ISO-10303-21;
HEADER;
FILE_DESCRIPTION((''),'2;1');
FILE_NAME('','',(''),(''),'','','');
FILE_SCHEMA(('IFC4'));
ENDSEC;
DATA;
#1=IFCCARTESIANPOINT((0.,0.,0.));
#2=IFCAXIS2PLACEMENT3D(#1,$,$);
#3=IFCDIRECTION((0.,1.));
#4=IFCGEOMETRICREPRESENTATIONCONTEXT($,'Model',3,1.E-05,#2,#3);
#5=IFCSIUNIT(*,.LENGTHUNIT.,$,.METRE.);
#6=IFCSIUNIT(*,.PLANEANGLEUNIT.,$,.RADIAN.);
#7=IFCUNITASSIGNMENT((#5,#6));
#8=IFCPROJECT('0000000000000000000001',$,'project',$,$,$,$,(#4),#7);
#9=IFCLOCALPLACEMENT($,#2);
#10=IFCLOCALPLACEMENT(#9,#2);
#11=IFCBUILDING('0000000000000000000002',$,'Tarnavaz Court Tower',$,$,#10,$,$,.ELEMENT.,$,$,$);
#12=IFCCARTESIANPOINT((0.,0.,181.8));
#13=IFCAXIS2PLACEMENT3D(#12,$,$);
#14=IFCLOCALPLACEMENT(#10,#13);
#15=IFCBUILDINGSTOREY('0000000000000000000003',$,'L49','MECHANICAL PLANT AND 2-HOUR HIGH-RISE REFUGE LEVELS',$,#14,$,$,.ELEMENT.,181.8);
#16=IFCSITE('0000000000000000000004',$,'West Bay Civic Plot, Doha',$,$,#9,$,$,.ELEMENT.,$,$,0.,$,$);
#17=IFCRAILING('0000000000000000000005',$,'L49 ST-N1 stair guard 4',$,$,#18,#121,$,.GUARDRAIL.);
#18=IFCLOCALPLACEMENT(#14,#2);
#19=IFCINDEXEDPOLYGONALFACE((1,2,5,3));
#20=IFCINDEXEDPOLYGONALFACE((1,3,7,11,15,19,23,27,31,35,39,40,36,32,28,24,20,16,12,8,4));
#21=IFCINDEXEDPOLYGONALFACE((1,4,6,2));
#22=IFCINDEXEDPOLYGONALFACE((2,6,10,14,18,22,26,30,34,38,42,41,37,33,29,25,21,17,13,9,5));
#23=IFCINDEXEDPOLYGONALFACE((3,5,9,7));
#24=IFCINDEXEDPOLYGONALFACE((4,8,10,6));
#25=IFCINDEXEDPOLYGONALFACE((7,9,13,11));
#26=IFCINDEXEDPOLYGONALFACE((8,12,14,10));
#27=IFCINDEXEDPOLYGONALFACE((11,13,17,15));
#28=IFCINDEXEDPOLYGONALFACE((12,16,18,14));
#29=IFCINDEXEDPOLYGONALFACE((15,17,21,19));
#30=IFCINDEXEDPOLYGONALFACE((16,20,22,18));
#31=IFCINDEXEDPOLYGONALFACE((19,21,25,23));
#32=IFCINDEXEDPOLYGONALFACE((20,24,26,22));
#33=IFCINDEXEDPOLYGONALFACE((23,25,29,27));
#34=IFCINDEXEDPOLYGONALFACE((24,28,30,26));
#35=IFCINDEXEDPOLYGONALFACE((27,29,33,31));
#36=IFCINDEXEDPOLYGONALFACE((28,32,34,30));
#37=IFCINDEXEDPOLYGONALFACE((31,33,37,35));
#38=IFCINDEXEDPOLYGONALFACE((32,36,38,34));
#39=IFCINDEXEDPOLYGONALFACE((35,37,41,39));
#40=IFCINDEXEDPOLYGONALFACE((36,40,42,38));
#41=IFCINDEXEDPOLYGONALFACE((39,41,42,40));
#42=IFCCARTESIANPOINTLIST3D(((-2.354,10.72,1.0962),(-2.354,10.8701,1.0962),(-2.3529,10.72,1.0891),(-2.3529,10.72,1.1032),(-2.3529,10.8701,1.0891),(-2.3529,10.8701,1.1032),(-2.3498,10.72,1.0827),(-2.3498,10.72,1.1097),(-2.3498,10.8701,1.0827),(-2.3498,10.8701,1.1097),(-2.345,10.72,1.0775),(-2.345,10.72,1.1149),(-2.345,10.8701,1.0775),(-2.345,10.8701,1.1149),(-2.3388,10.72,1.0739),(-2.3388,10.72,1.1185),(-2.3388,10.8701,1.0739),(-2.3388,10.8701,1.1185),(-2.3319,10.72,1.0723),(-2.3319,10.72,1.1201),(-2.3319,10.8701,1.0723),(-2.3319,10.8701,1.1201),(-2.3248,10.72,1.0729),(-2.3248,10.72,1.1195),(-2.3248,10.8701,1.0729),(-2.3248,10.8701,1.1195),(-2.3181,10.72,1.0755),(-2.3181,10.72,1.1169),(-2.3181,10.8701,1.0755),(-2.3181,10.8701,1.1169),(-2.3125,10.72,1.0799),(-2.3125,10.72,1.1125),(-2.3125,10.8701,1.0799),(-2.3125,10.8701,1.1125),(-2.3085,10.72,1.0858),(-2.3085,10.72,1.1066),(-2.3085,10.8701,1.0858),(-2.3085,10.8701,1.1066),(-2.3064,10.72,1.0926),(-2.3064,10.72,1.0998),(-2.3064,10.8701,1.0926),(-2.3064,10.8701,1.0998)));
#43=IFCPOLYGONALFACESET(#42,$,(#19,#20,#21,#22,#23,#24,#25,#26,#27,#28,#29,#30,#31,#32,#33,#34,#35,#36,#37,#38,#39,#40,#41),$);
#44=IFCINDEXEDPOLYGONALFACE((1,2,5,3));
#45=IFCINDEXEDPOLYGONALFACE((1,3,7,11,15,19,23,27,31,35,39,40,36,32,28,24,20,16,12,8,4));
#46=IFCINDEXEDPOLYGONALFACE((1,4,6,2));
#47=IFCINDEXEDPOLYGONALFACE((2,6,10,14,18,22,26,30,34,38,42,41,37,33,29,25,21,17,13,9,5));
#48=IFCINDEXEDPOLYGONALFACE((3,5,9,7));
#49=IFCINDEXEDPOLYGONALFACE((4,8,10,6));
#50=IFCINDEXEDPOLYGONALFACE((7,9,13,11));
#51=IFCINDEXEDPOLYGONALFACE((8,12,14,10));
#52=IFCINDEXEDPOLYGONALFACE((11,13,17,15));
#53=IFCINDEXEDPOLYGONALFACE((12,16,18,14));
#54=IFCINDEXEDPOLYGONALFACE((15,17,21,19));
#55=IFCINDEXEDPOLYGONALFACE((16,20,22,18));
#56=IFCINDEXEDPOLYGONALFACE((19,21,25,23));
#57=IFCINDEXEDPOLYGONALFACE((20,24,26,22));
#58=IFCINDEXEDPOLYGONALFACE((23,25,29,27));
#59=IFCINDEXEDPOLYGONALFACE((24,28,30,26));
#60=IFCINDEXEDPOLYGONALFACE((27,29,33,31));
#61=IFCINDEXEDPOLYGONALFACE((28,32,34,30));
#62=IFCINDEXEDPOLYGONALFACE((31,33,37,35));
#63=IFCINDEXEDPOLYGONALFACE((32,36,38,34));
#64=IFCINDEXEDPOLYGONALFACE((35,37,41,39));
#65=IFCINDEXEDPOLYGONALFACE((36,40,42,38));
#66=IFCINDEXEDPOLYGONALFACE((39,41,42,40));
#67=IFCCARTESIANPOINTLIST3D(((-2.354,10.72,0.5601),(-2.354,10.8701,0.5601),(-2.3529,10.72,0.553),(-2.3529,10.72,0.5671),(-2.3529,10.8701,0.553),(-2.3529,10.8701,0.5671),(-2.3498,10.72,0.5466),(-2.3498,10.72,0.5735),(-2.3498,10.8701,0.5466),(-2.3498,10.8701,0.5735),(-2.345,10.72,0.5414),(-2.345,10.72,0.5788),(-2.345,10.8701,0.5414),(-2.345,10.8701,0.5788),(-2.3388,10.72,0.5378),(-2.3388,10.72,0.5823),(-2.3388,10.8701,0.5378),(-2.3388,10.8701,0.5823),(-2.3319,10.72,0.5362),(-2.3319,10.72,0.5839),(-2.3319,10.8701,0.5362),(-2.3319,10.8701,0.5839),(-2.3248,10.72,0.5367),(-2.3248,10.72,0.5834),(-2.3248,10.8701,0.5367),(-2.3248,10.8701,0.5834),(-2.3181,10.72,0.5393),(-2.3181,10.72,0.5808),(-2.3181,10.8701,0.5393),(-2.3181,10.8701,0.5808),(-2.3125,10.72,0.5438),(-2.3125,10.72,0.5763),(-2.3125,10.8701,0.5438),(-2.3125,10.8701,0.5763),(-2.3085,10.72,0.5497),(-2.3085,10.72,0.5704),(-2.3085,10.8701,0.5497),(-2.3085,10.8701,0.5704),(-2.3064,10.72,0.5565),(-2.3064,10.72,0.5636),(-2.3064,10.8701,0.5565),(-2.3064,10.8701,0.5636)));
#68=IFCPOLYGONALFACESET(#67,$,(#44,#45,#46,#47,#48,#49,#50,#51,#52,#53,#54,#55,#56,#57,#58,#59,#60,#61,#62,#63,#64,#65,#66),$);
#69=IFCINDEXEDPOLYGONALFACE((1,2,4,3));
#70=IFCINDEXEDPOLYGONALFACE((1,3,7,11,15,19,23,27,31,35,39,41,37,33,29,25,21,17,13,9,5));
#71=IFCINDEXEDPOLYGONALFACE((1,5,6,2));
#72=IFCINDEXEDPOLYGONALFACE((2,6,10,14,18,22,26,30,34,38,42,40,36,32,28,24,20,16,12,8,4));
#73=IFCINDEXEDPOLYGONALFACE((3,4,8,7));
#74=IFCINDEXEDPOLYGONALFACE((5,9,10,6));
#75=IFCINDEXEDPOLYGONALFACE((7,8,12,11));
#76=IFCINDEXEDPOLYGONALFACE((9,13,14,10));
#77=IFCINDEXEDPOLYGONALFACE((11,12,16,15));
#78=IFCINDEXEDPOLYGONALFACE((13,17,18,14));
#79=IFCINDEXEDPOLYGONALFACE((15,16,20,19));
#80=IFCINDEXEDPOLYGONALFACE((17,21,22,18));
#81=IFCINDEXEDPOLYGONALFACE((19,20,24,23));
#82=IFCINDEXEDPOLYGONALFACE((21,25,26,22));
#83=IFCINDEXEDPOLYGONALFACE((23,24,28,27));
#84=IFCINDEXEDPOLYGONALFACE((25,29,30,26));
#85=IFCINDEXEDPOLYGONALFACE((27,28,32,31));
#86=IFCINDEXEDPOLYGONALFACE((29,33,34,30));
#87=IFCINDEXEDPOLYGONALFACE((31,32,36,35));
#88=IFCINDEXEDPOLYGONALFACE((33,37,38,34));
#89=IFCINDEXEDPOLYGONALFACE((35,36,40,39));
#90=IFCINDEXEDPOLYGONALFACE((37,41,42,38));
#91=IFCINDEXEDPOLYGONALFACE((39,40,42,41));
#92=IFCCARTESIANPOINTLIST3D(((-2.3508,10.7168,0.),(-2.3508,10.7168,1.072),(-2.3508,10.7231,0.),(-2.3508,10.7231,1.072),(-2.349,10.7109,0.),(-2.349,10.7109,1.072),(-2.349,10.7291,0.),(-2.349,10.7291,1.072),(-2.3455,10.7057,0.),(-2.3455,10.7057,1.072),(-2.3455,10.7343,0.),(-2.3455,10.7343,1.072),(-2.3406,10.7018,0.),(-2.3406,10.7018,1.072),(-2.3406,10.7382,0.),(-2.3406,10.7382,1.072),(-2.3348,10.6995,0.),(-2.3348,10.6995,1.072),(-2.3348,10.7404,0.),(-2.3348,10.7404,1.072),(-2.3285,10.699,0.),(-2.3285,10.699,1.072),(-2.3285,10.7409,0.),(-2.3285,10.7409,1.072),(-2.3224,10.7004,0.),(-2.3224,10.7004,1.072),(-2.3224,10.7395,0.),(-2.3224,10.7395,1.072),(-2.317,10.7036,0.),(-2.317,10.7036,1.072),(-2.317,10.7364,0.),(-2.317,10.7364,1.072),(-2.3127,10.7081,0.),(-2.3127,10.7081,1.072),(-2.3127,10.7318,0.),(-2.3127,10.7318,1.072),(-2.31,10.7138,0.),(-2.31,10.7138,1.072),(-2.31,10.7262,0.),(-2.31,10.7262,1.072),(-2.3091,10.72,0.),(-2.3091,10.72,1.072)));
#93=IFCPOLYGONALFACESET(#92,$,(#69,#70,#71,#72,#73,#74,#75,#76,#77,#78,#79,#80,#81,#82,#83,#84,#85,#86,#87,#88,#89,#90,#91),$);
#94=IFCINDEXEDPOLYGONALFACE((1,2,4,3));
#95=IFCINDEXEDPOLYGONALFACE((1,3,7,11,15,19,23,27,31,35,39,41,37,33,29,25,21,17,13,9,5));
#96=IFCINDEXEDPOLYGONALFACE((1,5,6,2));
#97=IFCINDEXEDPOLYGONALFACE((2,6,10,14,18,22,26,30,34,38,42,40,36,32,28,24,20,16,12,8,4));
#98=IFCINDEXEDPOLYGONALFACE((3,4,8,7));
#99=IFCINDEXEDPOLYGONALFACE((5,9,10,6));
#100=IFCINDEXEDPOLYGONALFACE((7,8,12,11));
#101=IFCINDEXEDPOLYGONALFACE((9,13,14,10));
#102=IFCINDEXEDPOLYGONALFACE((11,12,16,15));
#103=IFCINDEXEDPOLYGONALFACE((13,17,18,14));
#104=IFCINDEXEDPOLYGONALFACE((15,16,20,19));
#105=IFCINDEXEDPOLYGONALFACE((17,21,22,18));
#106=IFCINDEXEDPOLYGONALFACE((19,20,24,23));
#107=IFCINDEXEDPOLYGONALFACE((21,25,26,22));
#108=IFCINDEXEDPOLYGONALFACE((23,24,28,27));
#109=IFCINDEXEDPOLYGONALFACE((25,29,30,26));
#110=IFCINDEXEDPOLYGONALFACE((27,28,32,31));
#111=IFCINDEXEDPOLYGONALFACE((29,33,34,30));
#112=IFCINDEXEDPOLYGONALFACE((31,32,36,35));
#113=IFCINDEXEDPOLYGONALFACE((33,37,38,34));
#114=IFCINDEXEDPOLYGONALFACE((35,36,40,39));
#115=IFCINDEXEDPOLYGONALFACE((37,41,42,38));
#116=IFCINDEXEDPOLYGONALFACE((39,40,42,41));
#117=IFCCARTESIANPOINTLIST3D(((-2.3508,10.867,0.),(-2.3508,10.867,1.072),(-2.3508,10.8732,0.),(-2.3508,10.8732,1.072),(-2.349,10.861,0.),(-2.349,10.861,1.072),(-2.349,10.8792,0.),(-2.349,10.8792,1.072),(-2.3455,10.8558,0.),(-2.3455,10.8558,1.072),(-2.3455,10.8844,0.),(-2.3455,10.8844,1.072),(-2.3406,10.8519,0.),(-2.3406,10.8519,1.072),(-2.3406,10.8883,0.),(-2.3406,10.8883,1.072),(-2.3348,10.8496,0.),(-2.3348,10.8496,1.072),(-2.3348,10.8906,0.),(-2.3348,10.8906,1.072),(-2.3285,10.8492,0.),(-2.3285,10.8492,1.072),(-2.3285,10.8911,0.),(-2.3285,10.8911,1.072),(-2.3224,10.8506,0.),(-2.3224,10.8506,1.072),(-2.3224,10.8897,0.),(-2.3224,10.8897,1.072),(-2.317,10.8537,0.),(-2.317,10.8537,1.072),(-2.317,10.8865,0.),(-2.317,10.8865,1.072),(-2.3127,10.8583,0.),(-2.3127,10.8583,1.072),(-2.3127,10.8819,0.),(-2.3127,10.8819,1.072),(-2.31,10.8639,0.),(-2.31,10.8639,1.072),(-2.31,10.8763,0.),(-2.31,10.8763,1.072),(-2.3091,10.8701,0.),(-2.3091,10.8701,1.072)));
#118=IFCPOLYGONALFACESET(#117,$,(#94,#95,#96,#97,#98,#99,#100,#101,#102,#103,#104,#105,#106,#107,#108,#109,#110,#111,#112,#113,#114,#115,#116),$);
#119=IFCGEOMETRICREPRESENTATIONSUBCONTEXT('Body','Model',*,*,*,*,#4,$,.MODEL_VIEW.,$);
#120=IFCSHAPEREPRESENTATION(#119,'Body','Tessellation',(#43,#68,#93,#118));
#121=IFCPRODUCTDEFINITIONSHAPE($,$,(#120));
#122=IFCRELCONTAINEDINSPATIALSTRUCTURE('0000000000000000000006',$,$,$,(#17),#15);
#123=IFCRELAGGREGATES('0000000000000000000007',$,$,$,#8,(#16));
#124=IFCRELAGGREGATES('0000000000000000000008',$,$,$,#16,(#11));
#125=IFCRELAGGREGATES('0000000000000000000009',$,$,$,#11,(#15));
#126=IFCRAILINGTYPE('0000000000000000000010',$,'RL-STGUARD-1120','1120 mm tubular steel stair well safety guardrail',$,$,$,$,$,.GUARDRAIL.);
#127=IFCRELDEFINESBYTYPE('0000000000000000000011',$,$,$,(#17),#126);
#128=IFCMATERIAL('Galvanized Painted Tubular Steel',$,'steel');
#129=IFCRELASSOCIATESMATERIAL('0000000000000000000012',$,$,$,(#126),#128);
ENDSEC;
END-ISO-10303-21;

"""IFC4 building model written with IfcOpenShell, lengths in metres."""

from ifc_helpers import new_model, si_unit, direction, frame, origin, origin_2d, place, context, subcontext, project, spatial, circle, extrude, material, type_object, element, save


model = new_model("IFC4")

# Units and contexts
model_context = context("Model", 3, precision=1e-05, world=origin(), true_north=direction((0.0, 1.0)))
body_context = subcontext(model_context, "Body", "Model", "MODEL_VIEW")
ifc_project = project(units=[si_unit("LENGTHUNIT", "METRE"), si_unit("PLANEANGLEUNIT", "RADIAN")], contexts=[model_context])

# Site, building, storey
site_placement = place(None, origin())
site = spatial("IfcSite", under=ifc_project, at=site_placement, Name="West Bay Civic Plot, Doha", CompositionType="ELEMENT", RefElevation=0.0)
building_placement = place(site_placement, origin())
building = spatial("IfcBuilding", under=site, at=building_placement, Name="Tarnavaz Court Tower", CompositionType="ELEMENT")
storey_placement = place(building_placement, frame((0.0, 0.0, 181.8)))
storey = spatial("IfcBuildingStorey", under=building, at=storey_placement, Name="L49", Description="MECHANICAL PLANT AND 2-HOUR HIGH-RISE REFUGE LEVELS", CompositionType="ELEMENT", Elevation=181.8)

# Railing
ifc_material_1 = material(Name="Galvanized Painted Tubular Steel", Category="steel")
railing_type_1 = type_object("IfcRailingType", Name="RL-STGUARD-1120", Description="1120 mm tubular steel stair well safety guardrail", PredefinedType="GUARDRAIL", material=ifc_material_1)
railing_1_placement = place(storey_placement, frame((-2.3301, 10.72, 0.0)))
element("IfcRailing", 1, at=railing_1_placement, inside=storey, type_object=railing_type_1, Name="L49 ST-N1 stair guard 4", PredefinedType="GUARDRAIL", context=body_context, shape_type="SweptSolid", body=[
    extrude(circle(Radius=0.0239, at=origin_2d()), frame((0.0, 0.0, 1.0962), z_axis=(0.0, 1.0, 0.0), x_axis=(-1.0, 0.0, 0.0)), (0.0, 0.0, 1.0), 0.1501),
    extrude(circle(Radius=0.0239, at=origin_2d()), frame((0.0, 0.0, 0.5601), z_axis=(0.0, 1.0, 0.0), x_axis=(-1.0, 0.0, 0.0)), (0.0, 0.0, 1.0), 0.1501),
    extrude(circle(Radius=0.021, at=origin_2d()), origin(), (0.0, 0.0, 1.0), 1.072),
    extrude(circle(Radius=0.021, at=origin_2d()), frame((0.0, 0.1501, 0.0)), (0.0, 0.0, 1.0), 1.072),
])

save(model, "model.ifc")
